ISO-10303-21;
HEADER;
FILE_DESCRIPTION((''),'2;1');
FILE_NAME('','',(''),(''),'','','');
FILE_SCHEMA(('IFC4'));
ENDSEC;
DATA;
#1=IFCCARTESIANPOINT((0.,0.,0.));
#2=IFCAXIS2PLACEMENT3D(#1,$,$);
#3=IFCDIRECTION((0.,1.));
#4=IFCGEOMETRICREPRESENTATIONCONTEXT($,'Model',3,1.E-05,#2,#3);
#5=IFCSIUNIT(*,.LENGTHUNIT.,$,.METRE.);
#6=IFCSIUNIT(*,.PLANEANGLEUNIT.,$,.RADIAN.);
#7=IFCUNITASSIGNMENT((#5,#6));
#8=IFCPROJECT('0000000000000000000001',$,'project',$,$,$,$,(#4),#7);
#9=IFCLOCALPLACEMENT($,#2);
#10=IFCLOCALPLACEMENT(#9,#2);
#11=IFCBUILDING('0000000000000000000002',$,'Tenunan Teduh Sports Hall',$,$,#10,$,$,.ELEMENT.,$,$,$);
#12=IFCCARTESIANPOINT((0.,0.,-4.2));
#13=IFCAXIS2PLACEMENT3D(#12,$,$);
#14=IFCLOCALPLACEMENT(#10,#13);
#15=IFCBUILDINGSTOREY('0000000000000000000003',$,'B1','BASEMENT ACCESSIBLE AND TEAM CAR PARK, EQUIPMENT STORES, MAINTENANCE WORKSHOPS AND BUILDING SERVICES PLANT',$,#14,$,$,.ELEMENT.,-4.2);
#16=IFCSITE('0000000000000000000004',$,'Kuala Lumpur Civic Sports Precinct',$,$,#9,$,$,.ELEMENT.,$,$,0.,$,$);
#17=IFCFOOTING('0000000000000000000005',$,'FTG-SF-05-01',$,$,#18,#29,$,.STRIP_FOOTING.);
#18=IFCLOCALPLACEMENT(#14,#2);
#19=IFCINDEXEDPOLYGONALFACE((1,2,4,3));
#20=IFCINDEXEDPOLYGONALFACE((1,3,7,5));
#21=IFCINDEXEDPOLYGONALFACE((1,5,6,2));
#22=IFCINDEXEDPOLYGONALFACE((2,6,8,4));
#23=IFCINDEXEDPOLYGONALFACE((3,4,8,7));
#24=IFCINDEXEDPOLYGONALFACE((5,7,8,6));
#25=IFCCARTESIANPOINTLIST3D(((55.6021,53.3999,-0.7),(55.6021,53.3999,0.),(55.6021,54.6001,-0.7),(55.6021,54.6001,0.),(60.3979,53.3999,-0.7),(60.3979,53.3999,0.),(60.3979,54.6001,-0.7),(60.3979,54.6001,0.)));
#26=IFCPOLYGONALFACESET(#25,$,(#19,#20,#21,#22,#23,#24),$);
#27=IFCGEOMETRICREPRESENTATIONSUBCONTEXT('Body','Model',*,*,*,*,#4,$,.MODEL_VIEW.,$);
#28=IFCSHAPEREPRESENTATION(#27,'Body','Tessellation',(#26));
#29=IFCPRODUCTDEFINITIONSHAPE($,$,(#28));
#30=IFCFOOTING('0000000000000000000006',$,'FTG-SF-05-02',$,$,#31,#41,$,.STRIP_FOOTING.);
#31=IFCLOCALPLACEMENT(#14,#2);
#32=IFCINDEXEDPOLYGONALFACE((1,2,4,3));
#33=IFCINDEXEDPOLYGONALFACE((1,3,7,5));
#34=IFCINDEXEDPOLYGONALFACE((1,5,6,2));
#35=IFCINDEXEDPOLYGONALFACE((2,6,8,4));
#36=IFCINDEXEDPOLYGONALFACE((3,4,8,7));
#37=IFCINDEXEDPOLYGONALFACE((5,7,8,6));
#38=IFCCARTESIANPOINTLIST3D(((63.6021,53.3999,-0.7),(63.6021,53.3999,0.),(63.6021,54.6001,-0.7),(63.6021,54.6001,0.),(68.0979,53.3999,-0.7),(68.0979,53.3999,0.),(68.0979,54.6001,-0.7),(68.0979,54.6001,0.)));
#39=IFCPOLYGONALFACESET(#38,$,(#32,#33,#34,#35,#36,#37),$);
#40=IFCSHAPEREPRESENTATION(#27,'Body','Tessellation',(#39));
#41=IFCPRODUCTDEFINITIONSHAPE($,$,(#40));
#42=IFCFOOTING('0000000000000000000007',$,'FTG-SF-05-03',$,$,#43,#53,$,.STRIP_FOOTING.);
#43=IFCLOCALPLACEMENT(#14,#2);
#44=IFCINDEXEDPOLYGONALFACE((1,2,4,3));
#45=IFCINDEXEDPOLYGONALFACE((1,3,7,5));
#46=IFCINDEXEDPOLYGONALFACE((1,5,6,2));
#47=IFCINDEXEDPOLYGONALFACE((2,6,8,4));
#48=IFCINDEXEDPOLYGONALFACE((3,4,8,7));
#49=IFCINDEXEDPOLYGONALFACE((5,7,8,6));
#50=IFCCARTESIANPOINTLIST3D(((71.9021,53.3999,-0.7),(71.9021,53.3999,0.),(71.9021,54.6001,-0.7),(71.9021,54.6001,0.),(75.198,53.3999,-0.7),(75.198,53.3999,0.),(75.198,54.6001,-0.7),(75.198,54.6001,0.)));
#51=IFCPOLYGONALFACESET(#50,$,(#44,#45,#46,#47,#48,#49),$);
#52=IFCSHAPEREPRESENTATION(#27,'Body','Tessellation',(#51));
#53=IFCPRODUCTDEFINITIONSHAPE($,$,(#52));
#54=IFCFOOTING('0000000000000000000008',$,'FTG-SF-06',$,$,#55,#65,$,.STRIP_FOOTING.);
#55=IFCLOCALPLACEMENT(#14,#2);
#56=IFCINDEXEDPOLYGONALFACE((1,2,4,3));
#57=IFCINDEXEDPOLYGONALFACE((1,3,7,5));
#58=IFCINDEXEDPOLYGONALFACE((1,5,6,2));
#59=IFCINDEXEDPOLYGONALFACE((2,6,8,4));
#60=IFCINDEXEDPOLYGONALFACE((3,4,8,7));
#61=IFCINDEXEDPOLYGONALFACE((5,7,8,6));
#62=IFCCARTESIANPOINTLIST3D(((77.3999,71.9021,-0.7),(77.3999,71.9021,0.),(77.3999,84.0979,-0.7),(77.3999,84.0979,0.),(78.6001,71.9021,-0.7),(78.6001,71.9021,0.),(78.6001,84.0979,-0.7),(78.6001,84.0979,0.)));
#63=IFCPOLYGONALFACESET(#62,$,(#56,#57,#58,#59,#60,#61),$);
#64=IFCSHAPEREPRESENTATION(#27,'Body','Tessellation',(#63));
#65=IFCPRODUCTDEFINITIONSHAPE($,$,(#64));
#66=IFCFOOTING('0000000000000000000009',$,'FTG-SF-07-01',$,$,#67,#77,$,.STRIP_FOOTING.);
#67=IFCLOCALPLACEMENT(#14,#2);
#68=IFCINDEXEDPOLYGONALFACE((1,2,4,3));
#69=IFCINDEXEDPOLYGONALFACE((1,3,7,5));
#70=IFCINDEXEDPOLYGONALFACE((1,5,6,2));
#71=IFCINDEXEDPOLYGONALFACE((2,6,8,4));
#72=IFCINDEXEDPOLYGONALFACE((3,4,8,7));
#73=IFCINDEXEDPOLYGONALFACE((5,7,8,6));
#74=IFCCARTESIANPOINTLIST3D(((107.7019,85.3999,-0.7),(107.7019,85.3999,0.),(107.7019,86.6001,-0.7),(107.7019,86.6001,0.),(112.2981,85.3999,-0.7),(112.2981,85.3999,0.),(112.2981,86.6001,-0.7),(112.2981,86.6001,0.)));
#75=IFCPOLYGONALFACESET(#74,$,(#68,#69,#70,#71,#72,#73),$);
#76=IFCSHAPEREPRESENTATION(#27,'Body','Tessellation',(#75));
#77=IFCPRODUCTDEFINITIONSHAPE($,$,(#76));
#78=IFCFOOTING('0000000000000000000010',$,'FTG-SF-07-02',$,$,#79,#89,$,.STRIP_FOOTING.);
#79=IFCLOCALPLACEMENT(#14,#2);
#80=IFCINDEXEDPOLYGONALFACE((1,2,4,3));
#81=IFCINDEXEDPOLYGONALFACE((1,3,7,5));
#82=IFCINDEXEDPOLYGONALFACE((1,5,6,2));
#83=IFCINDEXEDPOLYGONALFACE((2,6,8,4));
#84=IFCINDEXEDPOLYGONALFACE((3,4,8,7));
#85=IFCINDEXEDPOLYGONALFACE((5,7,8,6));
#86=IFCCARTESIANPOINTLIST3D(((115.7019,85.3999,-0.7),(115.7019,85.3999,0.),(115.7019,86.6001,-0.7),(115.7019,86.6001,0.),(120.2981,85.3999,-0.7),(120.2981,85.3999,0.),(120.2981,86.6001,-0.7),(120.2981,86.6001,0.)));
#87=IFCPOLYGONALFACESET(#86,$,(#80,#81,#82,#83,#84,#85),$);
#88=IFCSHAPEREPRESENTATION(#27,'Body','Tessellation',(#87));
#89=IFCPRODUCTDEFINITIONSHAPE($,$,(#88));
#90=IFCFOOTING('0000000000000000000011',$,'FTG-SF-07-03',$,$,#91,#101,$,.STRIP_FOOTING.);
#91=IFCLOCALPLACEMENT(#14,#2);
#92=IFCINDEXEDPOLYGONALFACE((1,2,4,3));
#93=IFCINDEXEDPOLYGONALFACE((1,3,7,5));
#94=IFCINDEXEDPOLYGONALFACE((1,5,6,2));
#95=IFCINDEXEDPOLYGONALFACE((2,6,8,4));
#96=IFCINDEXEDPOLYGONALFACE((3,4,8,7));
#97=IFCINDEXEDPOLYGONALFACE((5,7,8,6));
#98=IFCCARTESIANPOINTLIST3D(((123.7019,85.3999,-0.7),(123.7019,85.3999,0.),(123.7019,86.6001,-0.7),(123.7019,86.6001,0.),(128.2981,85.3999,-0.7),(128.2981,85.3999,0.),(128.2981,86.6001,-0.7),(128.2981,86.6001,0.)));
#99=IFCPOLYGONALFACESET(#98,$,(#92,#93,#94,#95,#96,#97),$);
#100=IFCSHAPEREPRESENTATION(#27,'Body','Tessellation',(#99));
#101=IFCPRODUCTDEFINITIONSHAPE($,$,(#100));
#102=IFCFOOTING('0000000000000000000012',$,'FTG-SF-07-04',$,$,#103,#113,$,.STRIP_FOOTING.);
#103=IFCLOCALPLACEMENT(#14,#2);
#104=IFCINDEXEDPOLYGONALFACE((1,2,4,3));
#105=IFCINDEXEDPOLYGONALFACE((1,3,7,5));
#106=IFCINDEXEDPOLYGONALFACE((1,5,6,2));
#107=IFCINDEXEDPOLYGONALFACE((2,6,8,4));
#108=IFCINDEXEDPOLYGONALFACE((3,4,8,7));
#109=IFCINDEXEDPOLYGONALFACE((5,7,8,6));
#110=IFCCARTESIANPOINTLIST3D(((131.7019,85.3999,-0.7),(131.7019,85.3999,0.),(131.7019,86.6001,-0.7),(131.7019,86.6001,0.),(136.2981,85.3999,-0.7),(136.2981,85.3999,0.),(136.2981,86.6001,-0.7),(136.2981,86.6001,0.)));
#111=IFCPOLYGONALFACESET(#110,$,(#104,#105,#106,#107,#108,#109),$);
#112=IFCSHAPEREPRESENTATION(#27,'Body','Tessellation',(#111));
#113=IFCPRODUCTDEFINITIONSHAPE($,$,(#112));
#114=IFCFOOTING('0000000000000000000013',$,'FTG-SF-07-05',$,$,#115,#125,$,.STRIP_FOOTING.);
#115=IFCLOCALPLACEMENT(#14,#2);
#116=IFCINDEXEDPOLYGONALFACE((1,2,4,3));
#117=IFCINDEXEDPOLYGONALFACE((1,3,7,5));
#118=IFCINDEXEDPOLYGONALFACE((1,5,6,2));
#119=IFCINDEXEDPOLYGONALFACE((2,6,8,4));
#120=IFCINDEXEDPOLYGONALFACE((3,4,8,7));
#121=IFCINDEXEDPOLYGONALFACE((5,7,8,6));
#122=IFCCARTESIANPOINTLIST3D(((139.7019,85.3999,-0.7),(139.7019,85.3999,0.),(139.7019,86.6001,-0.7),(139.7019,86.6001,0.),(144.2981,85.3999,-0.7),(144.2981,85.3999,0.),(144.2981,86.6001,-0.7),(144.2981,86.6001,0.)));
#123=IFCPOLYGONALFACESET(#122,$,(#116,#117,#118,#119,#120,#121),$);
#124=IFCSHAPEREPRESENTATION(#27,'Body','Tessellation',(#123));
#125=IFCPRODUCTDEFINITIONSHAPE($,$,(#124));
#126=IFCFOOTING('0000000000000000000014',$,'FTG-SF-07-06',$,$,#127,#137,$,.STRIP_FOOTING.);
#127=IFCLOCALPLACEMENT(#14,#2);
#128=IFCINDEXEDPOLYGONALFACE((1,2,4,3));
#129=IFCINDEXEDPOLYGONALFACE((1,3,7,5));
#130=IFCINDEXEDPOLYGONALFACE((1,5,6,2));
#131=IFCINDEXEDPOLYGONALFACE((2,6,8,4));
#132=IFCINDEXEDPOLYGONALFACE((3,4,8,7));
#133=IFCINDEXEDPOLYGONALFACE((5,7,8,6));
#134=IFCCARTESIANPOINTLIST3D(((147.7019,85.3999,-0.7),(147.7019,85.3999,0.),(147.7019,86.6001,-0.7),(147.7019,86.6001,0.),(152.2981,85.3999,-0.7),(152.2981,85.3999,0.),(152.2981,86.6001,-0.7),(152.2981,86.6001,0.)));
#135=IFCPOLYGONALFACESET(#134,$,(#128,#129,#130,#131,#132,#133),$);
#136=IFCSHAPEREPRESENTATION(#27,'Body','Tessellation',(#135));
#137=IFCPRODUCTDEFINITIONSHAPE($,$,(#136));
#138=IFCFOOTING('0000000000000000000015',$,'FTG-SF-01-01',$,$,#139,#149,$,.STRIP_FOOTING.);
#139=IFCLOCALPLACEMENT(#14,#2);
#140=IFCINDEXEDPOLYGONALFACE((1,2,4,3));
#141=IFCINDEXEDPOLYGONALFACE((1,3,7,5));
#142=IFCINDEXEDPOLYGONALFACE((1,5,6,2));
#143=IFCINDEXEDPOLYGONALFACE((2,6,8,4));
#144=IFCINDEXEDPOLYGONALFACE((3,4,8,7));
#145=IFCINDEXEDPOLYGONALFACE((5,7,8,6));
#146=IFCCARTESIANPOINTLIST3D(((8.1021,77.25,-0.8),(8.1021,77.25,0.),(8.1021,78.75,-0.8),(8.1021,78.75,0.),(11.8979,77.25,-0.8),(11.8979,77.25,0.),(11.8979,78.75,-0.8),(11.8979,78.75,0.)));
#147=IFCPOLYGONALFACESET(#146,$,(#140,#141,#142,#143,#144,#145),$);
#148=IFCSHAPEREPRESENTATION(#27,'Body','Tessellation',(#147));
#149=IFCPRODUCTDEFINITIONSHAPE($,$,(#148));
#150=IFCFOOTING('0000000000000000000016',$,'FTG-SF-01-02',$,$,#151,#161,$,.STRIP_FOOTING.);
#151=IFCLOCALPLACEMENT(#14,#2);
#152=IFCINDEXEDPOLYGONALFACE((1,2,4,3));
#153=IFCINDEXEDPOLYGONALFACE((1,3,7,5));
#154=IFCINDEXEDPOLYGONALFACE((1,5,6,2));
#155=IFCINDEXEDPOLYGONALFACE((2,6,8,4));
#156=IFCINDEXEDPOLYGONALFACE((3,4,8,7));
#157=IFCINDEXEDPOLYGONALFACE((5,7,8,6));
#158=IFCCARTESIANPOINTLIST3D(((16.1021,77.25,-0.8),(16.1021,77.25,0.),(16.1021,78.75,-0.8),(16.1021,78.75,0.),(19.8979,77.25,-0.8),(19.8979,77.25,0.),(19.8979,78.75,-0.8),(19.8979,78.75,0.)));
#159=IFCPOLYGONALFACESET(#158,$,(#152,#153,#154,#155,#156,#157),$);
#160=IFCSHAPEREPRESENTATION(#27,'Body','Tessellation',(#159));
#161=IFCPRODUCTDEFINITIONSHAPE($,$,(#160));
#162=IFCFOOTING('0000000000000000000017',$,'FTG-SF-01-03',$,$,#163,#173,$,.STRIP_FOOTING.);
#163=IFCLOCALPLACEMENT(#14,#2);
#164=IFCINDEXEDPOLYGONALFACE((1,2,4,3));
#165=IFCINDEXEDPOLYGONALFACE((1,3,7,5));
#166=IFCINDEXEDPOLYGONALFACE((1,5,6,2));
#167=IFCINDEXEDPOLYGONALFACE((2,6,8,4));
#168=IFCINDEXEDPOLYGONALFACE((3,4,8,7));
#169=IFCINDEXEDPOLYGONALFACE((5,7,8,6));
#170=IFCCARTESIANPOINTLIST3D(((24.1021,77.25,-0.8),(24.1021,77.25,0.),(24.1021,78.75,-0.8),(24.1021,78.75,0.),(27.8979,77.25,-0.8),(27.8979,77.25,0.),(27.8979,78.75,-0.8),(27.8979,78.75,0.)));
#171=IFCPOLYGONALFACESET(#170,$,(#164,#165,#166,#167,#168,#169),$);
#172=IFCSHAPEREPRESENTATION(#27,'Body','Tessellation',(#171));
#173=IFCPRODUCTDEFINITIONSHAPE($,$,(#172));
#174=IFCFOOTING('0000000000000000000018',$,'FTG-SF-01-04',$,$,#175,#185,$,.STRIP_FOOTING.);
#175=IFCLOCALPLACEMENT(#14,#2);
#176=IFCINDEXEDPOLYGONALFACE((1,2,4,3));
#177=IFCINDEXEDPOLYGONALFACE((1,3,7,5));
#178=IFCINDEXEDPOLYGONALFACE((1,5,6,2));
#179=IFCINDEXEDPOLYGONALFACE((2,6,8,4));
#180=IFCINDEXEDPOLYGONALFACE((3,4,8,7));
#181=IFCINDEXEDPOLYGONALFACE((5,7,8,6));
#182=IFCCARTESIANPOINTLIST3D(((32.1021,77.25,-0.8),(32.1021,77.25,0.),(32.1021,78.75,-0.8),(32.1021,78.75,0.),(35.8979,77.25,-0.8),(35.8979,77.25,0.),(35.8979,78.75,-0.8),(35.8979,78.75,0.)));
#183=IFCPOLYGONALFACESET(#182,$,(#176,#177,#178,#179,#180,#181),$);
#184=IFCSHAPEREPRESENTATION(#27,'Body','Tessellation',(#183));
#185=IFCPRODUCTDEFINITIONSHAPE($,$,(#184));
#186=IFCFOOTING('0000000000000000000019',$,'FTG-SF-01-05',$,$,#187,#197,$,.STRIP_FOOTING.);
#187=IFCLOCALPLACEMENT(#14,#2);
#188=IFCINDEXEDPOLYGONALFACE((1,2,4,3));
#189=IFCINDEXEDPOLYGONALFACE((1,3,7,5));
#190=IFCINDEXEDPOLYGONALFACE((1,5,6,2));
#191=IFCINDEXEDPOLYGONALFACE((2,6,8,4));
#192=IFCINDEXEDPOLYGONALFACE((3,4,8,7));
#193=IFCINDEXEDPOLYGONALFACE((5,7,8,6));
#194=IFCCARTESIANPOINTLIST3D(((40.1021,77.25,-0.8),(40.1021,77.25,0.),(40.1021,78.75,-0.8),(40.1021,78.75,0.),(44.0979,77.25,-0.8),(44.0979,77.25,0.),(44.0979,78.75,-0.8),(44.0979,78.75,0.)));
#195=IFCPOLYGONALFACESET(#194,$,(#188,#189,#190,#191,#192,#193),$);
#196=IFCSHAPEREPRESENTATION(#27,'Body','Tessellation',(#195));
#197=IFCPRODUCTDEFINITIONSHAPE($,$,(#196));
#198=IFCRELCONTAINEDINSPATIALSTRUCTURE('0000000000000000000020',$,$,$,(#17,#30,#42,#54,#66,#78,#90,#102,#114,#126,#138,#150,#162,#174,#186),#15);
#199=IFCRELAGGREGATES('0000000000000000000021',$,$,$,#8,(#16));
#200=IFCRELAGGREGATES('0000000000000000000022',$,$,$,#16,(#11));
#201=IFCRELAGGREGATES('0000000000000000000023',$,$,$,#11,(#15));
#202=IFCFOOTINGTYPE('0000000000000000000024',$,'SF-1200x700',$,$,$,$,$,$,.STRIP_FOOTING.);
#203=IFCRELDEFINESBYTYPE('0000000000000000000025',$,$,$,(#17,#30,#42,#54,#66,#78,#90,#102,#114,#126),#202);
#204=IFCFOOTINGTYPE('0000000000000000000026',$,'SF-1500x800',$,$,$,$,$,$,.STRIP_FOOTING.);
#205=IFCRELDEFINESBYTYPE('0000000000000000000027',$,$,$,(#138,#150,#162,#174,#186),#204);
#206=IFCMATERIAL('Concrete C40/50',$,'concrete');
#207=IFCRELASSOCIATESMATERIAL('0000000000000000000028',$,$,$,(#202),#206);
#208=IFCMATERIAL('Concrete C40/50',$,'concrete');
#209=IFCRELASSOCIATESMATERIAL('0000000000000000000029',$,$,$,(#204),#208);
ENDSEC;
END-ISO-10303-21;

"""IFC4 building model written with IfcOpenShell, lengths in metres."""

from ifc_helpers import new_model, si_unit, direction, frame, origin, place, context, subcontext, project, spatial, polyline, outline, extrude, material, type_object, element, save


model = new_model("IFC4")

# Units and contexts
model_context = context("Model", 3, precision=1e-05, world=origin(), true_north=direction((0.0, 1.0)))
body_context = subcontext(model_context, "Body", "Model", "MODEL_VIEW")
ifc_project = project(units=[si_unit("LENGTHUNIT", "METRE"), si_unit("PLANEANGLEUNIT", "RADIAN")], contexts=[model_context])

# Site, building, storey
site_placement = place(None, origin())
site = spatial("IfcSite", under=ifc_project, at=site_placement, Name="Kuala Lumpur Civic Sports Precinct", CompositionType="ELEMENT", RefElevation=0.0)
building_placement = place(site_placement, origin())
building = spatial("IfcBuilding", under=site, at=building_placement, Name="Tenunan Teduh Sports Hall", CompositionType="ELEMENT")
storey_placement = place(building_placement, frame((0.0, 0.0, -4.2)))
storey = spatial("IfcBuildingStorey", under=building, at=storey_placement, Name="B1", Description="BASEMENT ACCESSIBLE AND TEAM CAR PARK, EQUIPMENT STORES, MAINTENANCE WORKSHOPS AND BUILDING SERVICES PLANT", CompositionType="ELEMENT", Elevation=-4.2)

# Footings
ifc_material_1 = material(Name="Concrete C40/50", Category="concrete")
footing_type_1 = type_object("IfcFootingType", Name="SF-1200x700", PredefinedType="STRIP_FOOTING", material=ifc_material_1)
footing_1_placement = place(storey_placement, frame((0.0, 0.0, -0.7)))
element("IfcFooting", 1, at=footing_1_placement, inside=storey, type_object=footing_type_1, Name="FTG-SF-05-01", PredefinedType="STRIP_FOOTING", context=body_context, shape_type="SweptSolid", body=[
    extrude(outline(polyline([(55.6021, 53.3999), (60.3979, 53.3999), (60.3979, 54.6001), (55.6021, 54.6001), (55.6021, 53.3999)])), origin(), (0.0, 0.0, 1.0), 0.7),
])
footing_2_placement = place(storey_placement, frame((0.0, 0.0, -0.7)))
element("IfcFooting", 2, at=footing_2_placement, inside=storey, type_object=footing_type_1, Name="FTG-SF-05-02", PredefinedType="STRIP_FOOTING", context=body_context, shape_type="SweptSolid", body=[
    extrude(outline(polyline([(63.6021, 53.3999), (68.0979, 53.3999), (68.0979, 54.6001), (63.6021, 54.6001), (63.6021, 53.3999)])), origin(), (0.0, 0.0, 1.0), 0.7),
])
footing_3_placement = place(storey_placement, frame((0.0, 0.0, -0.7)))
element("IfcFooting", 3, at=footing_3_placement, inside=storey, type_object=footing_type_1, Name="FTG-SF-05-03", PredefinedType="STRIP_FOOTING", context=body_context, shape_type="SweptSolid", body=[
    extrude(outline(polyline([(71.9021, 53.3999), (75.198, 53.3999), (75.198, 54.6001), (71.9021, 54.6001), (71.9021, 53.3999)])), origin(), (0.0, 0.0, 1.0), 0.7),
])
footing_4_placement = place(storey_placement, frame((0.0, 0.0, -0.7)))
element("IfcFooting", 4, at=footing_4_placement, inside=storey, type_object=footing_type_1, Name="FTG-SF-06", PredefinedType="STRIP_FOOTING", context=body_context, shape_type="SweptSolid", body=[
    extrude(outline(polyline([(78.6001, 71.9021), (78.6001, 84.0979), (77.3999, 84.0979), (77.3999, 71.9021), (78.6001, 71.9021)])), origin(), (0.0, 0.0, 1.0), 0.7),
])
footing_5_placement = place(storey_placement, frame((0.0, 0.0, -0.7)))
element("IfcFooting", 5, at=footing_5_placement, inside=storey, type_object=footing_type_1, Name="FTG-SF-07-01", PredefinedType="STRIP_FOOTING", context=body_context, shape_type="SweptSolid", body=[
    extrude(outline(polyline([(107.7019, 85.3999), (112.2981, 85.3999), (112.2981, 86.6001), (107.7019, 86.6001), (107.7019, 85.3999)])), origin(), (0.0, 0.0, 1.0), 0.7),
])
footing_6_placement = place(storey_placement, frame((0.0, 0.0, -0.7)))
element("IfcFooting", 6, at=footing_6_placement, inside=storey, type_object=footing_type_1, Name="FTG-SF-07-02", PredefinedType="STRIP_FOOTING", context=body_context, shape_type="SweptSolid", body=[
    extrude(outline(polyline([(115.7019, 85.3999), (120.2981, 85.3999), (120.2981, 86.6001), (115.7019, 86.6001), (115.7019, 85.3999)])), origin(), (0.0, 0.0, 1.0), 0.7),
])
footing_7_placement = place(storey_placement, frame((0.0, 0.0, -0.7)))
element("IfcFooting", 7, at=footing_7_placement, inside=storey, type_object=footing_type_1, Name="FTG-SF-07-03", PredefinedType="STRIP_FOOTING", context=body_context, shape_type="SweptSolid", body=[
    extrude(outline(polyline([(123.7019, 85.3999), (128.2981, 85.3999), (128.2981, 86.6001), (123.7019, 86.6001), (123.7019, 85.3999)])), origin(), (0.0, 0.0, 1.0), 0.7),
])
footing_8_placement = place(storey_placement, frame((0.0, 0.0, -0.7)))
element("IfcFooting", 8, at=footing_8_placement, inside=storey, type_object=footing_type_1, Name="FTG-SF-07-04", PredefinedType="STRIP_FOOTING", context=body_context, shape_type="SweptSolid", body=[
    extrude(outline(polyline([(131.7019, 85.3999), (136.2981, 85.3999), (136.2981, 86.6001), (131.7019, 86.6001), (131.7019, 85.3999)])), origin(), (0.0, 0.0, 1.0), 0.7),
])
footing_9_placement = place(storey_placement, frame((0.0, 0.0, -0.7)))
element("IfcFooting", 9, at=footing_9_placement, inside=storey, type_object=footing_type_1, Name="FTG-SF-07-05", PredefinedType="STRIP_FOOTING", context=body_context, shape_type="SweptSolid", body=[
    extrude(outline(polyline([(139.7019, 85.3999), (144.2981, 85.3999), (144.2981, 86.6001), (139.7019, 86.6001), (139.7019, 85.3999)])), origin(), (0.0, 0.0, 1.0), 0.7),
])
footing_10_placement = place(storey_placement, frame((0.0, 0.0, -0.7)))
element("IfcFooting", 10, at=footing_10_placement, inside=storey, type_object=footing_type_1, Name="FTG-SF-07-06", PredefinedType="STRIP_FOOTING", context=body_context, shape_type="SweptSolid", body=[
    extrude(outline(polyline([(147.7019, 85.3999), (152.2981, 85.3999), (152.2981, 86.6001), (147.7019, 86.6001), (147.7019, 85.3999)])), origin(), (0.0, 0.0, 1.0), 0.7),
])
ifc_material_2 = material(Name="Concrete C40/50", Category="concrete")
footing_type_2 = type_object("IfcFootingType", Name="SF-1500x800", PredefinedType="STRIP_FOOTING", material=ifc_material_2)
footing_11_placement = place(storey_placement, frame((0.0, 0.0, -0.8)))
element("IfcFooting", 11, at=footing_11_placement, inside=storey, type_object=footing_type_2, Name="FTG-SF-01-01", PredefinedType="STRIP_FOOTING", context=body_context, shape_type="SweptSolid", body=[
    extrude(outline(polyline([(8.1021, 77.25), (11.8979, 77.25), (11.8979, 78.75), (8.1021, 78.75), (8.1021, 77.25)])), origin(), (0.0, 0.0, 1.0), 0.8),
])
footing_12_placement = place(storey_placement, frame((0.0, 0.0, -0.8)))
element("IfcFooting", 12, at=footing_12_placement, inside=storey, type_object=footing_type_2, Name="FTG-SF-01-02", PredefinedType="STRIP_FOOTING", context=body_context, shape_type="SweptSolid", body=[
    extrude(outline(polyline([(16.1021, 77.25), (19.8979, 77.25), (19.8979, 78.75), (16.1021, 78.75), (16.1021, 77.25)])), origin(), (0.0, 0.0, 1.0), 0.8),
])
footing_13_placement = place(storey_placement, frame((0.0, 0.0, -0.8)))
element("IfcFooting", 13, at=footing_13_placement, inside=storey, type_object=footing_type_2, Name="FTG-SF-01-03", PredefinedType="STRIP_FOOTING", context=body_context, shape_type="SweptSolid", body=[
    extrude(outline(polyline([(24.1021, 77.25), (27.8979, 77.25), (27.8979, 78.75), (24.1021, 78.75), (24.1021, 77.25)])), origin(), (0.0, 0.0, 1.0), 0.8),
])
footing_14_placement = place(storey_placement, frame((0.0, 0.0, -0.8)))
element("IfcFooting", 14, at=footing_14_placement, inside=storey, type_object=footing_type_2, Name="FTG-SF-01-04", PredefinedType="STRIP_FOOTING", context=body_context, shape_type="SweptSolid", body=[
    extrude(outline(polyline([(32.1021, 77.25), (35.8979, 77.25), (35.8979, 78.75), (32.1021, 78.75), (32.1021, 77.25)])), origin(), (0.0, 0.0, 1.0), 0.8),
])
footing_15_placement = place(storey_placement, frame((0.0, 0.0, -0.8)))
element("IfcFooting", 15, at=footing_15_placement, inside=storey, type_object=footing_type_2, Name="FTG-SF-01-05", PredefinedType="STRIP_FOOTING", context=body_context, shape_type="SweptSolid", body=[
    extrude(outline(polyline([(40.1021, 77.25), (44.0979, 77.25), (44.0979, 78.75), (40.1021, 78.75), (40.1021, 77.25)])), origin(), (0.0, 0.0, 1.0), 0.8),
])

save(model, "model.ifc")
